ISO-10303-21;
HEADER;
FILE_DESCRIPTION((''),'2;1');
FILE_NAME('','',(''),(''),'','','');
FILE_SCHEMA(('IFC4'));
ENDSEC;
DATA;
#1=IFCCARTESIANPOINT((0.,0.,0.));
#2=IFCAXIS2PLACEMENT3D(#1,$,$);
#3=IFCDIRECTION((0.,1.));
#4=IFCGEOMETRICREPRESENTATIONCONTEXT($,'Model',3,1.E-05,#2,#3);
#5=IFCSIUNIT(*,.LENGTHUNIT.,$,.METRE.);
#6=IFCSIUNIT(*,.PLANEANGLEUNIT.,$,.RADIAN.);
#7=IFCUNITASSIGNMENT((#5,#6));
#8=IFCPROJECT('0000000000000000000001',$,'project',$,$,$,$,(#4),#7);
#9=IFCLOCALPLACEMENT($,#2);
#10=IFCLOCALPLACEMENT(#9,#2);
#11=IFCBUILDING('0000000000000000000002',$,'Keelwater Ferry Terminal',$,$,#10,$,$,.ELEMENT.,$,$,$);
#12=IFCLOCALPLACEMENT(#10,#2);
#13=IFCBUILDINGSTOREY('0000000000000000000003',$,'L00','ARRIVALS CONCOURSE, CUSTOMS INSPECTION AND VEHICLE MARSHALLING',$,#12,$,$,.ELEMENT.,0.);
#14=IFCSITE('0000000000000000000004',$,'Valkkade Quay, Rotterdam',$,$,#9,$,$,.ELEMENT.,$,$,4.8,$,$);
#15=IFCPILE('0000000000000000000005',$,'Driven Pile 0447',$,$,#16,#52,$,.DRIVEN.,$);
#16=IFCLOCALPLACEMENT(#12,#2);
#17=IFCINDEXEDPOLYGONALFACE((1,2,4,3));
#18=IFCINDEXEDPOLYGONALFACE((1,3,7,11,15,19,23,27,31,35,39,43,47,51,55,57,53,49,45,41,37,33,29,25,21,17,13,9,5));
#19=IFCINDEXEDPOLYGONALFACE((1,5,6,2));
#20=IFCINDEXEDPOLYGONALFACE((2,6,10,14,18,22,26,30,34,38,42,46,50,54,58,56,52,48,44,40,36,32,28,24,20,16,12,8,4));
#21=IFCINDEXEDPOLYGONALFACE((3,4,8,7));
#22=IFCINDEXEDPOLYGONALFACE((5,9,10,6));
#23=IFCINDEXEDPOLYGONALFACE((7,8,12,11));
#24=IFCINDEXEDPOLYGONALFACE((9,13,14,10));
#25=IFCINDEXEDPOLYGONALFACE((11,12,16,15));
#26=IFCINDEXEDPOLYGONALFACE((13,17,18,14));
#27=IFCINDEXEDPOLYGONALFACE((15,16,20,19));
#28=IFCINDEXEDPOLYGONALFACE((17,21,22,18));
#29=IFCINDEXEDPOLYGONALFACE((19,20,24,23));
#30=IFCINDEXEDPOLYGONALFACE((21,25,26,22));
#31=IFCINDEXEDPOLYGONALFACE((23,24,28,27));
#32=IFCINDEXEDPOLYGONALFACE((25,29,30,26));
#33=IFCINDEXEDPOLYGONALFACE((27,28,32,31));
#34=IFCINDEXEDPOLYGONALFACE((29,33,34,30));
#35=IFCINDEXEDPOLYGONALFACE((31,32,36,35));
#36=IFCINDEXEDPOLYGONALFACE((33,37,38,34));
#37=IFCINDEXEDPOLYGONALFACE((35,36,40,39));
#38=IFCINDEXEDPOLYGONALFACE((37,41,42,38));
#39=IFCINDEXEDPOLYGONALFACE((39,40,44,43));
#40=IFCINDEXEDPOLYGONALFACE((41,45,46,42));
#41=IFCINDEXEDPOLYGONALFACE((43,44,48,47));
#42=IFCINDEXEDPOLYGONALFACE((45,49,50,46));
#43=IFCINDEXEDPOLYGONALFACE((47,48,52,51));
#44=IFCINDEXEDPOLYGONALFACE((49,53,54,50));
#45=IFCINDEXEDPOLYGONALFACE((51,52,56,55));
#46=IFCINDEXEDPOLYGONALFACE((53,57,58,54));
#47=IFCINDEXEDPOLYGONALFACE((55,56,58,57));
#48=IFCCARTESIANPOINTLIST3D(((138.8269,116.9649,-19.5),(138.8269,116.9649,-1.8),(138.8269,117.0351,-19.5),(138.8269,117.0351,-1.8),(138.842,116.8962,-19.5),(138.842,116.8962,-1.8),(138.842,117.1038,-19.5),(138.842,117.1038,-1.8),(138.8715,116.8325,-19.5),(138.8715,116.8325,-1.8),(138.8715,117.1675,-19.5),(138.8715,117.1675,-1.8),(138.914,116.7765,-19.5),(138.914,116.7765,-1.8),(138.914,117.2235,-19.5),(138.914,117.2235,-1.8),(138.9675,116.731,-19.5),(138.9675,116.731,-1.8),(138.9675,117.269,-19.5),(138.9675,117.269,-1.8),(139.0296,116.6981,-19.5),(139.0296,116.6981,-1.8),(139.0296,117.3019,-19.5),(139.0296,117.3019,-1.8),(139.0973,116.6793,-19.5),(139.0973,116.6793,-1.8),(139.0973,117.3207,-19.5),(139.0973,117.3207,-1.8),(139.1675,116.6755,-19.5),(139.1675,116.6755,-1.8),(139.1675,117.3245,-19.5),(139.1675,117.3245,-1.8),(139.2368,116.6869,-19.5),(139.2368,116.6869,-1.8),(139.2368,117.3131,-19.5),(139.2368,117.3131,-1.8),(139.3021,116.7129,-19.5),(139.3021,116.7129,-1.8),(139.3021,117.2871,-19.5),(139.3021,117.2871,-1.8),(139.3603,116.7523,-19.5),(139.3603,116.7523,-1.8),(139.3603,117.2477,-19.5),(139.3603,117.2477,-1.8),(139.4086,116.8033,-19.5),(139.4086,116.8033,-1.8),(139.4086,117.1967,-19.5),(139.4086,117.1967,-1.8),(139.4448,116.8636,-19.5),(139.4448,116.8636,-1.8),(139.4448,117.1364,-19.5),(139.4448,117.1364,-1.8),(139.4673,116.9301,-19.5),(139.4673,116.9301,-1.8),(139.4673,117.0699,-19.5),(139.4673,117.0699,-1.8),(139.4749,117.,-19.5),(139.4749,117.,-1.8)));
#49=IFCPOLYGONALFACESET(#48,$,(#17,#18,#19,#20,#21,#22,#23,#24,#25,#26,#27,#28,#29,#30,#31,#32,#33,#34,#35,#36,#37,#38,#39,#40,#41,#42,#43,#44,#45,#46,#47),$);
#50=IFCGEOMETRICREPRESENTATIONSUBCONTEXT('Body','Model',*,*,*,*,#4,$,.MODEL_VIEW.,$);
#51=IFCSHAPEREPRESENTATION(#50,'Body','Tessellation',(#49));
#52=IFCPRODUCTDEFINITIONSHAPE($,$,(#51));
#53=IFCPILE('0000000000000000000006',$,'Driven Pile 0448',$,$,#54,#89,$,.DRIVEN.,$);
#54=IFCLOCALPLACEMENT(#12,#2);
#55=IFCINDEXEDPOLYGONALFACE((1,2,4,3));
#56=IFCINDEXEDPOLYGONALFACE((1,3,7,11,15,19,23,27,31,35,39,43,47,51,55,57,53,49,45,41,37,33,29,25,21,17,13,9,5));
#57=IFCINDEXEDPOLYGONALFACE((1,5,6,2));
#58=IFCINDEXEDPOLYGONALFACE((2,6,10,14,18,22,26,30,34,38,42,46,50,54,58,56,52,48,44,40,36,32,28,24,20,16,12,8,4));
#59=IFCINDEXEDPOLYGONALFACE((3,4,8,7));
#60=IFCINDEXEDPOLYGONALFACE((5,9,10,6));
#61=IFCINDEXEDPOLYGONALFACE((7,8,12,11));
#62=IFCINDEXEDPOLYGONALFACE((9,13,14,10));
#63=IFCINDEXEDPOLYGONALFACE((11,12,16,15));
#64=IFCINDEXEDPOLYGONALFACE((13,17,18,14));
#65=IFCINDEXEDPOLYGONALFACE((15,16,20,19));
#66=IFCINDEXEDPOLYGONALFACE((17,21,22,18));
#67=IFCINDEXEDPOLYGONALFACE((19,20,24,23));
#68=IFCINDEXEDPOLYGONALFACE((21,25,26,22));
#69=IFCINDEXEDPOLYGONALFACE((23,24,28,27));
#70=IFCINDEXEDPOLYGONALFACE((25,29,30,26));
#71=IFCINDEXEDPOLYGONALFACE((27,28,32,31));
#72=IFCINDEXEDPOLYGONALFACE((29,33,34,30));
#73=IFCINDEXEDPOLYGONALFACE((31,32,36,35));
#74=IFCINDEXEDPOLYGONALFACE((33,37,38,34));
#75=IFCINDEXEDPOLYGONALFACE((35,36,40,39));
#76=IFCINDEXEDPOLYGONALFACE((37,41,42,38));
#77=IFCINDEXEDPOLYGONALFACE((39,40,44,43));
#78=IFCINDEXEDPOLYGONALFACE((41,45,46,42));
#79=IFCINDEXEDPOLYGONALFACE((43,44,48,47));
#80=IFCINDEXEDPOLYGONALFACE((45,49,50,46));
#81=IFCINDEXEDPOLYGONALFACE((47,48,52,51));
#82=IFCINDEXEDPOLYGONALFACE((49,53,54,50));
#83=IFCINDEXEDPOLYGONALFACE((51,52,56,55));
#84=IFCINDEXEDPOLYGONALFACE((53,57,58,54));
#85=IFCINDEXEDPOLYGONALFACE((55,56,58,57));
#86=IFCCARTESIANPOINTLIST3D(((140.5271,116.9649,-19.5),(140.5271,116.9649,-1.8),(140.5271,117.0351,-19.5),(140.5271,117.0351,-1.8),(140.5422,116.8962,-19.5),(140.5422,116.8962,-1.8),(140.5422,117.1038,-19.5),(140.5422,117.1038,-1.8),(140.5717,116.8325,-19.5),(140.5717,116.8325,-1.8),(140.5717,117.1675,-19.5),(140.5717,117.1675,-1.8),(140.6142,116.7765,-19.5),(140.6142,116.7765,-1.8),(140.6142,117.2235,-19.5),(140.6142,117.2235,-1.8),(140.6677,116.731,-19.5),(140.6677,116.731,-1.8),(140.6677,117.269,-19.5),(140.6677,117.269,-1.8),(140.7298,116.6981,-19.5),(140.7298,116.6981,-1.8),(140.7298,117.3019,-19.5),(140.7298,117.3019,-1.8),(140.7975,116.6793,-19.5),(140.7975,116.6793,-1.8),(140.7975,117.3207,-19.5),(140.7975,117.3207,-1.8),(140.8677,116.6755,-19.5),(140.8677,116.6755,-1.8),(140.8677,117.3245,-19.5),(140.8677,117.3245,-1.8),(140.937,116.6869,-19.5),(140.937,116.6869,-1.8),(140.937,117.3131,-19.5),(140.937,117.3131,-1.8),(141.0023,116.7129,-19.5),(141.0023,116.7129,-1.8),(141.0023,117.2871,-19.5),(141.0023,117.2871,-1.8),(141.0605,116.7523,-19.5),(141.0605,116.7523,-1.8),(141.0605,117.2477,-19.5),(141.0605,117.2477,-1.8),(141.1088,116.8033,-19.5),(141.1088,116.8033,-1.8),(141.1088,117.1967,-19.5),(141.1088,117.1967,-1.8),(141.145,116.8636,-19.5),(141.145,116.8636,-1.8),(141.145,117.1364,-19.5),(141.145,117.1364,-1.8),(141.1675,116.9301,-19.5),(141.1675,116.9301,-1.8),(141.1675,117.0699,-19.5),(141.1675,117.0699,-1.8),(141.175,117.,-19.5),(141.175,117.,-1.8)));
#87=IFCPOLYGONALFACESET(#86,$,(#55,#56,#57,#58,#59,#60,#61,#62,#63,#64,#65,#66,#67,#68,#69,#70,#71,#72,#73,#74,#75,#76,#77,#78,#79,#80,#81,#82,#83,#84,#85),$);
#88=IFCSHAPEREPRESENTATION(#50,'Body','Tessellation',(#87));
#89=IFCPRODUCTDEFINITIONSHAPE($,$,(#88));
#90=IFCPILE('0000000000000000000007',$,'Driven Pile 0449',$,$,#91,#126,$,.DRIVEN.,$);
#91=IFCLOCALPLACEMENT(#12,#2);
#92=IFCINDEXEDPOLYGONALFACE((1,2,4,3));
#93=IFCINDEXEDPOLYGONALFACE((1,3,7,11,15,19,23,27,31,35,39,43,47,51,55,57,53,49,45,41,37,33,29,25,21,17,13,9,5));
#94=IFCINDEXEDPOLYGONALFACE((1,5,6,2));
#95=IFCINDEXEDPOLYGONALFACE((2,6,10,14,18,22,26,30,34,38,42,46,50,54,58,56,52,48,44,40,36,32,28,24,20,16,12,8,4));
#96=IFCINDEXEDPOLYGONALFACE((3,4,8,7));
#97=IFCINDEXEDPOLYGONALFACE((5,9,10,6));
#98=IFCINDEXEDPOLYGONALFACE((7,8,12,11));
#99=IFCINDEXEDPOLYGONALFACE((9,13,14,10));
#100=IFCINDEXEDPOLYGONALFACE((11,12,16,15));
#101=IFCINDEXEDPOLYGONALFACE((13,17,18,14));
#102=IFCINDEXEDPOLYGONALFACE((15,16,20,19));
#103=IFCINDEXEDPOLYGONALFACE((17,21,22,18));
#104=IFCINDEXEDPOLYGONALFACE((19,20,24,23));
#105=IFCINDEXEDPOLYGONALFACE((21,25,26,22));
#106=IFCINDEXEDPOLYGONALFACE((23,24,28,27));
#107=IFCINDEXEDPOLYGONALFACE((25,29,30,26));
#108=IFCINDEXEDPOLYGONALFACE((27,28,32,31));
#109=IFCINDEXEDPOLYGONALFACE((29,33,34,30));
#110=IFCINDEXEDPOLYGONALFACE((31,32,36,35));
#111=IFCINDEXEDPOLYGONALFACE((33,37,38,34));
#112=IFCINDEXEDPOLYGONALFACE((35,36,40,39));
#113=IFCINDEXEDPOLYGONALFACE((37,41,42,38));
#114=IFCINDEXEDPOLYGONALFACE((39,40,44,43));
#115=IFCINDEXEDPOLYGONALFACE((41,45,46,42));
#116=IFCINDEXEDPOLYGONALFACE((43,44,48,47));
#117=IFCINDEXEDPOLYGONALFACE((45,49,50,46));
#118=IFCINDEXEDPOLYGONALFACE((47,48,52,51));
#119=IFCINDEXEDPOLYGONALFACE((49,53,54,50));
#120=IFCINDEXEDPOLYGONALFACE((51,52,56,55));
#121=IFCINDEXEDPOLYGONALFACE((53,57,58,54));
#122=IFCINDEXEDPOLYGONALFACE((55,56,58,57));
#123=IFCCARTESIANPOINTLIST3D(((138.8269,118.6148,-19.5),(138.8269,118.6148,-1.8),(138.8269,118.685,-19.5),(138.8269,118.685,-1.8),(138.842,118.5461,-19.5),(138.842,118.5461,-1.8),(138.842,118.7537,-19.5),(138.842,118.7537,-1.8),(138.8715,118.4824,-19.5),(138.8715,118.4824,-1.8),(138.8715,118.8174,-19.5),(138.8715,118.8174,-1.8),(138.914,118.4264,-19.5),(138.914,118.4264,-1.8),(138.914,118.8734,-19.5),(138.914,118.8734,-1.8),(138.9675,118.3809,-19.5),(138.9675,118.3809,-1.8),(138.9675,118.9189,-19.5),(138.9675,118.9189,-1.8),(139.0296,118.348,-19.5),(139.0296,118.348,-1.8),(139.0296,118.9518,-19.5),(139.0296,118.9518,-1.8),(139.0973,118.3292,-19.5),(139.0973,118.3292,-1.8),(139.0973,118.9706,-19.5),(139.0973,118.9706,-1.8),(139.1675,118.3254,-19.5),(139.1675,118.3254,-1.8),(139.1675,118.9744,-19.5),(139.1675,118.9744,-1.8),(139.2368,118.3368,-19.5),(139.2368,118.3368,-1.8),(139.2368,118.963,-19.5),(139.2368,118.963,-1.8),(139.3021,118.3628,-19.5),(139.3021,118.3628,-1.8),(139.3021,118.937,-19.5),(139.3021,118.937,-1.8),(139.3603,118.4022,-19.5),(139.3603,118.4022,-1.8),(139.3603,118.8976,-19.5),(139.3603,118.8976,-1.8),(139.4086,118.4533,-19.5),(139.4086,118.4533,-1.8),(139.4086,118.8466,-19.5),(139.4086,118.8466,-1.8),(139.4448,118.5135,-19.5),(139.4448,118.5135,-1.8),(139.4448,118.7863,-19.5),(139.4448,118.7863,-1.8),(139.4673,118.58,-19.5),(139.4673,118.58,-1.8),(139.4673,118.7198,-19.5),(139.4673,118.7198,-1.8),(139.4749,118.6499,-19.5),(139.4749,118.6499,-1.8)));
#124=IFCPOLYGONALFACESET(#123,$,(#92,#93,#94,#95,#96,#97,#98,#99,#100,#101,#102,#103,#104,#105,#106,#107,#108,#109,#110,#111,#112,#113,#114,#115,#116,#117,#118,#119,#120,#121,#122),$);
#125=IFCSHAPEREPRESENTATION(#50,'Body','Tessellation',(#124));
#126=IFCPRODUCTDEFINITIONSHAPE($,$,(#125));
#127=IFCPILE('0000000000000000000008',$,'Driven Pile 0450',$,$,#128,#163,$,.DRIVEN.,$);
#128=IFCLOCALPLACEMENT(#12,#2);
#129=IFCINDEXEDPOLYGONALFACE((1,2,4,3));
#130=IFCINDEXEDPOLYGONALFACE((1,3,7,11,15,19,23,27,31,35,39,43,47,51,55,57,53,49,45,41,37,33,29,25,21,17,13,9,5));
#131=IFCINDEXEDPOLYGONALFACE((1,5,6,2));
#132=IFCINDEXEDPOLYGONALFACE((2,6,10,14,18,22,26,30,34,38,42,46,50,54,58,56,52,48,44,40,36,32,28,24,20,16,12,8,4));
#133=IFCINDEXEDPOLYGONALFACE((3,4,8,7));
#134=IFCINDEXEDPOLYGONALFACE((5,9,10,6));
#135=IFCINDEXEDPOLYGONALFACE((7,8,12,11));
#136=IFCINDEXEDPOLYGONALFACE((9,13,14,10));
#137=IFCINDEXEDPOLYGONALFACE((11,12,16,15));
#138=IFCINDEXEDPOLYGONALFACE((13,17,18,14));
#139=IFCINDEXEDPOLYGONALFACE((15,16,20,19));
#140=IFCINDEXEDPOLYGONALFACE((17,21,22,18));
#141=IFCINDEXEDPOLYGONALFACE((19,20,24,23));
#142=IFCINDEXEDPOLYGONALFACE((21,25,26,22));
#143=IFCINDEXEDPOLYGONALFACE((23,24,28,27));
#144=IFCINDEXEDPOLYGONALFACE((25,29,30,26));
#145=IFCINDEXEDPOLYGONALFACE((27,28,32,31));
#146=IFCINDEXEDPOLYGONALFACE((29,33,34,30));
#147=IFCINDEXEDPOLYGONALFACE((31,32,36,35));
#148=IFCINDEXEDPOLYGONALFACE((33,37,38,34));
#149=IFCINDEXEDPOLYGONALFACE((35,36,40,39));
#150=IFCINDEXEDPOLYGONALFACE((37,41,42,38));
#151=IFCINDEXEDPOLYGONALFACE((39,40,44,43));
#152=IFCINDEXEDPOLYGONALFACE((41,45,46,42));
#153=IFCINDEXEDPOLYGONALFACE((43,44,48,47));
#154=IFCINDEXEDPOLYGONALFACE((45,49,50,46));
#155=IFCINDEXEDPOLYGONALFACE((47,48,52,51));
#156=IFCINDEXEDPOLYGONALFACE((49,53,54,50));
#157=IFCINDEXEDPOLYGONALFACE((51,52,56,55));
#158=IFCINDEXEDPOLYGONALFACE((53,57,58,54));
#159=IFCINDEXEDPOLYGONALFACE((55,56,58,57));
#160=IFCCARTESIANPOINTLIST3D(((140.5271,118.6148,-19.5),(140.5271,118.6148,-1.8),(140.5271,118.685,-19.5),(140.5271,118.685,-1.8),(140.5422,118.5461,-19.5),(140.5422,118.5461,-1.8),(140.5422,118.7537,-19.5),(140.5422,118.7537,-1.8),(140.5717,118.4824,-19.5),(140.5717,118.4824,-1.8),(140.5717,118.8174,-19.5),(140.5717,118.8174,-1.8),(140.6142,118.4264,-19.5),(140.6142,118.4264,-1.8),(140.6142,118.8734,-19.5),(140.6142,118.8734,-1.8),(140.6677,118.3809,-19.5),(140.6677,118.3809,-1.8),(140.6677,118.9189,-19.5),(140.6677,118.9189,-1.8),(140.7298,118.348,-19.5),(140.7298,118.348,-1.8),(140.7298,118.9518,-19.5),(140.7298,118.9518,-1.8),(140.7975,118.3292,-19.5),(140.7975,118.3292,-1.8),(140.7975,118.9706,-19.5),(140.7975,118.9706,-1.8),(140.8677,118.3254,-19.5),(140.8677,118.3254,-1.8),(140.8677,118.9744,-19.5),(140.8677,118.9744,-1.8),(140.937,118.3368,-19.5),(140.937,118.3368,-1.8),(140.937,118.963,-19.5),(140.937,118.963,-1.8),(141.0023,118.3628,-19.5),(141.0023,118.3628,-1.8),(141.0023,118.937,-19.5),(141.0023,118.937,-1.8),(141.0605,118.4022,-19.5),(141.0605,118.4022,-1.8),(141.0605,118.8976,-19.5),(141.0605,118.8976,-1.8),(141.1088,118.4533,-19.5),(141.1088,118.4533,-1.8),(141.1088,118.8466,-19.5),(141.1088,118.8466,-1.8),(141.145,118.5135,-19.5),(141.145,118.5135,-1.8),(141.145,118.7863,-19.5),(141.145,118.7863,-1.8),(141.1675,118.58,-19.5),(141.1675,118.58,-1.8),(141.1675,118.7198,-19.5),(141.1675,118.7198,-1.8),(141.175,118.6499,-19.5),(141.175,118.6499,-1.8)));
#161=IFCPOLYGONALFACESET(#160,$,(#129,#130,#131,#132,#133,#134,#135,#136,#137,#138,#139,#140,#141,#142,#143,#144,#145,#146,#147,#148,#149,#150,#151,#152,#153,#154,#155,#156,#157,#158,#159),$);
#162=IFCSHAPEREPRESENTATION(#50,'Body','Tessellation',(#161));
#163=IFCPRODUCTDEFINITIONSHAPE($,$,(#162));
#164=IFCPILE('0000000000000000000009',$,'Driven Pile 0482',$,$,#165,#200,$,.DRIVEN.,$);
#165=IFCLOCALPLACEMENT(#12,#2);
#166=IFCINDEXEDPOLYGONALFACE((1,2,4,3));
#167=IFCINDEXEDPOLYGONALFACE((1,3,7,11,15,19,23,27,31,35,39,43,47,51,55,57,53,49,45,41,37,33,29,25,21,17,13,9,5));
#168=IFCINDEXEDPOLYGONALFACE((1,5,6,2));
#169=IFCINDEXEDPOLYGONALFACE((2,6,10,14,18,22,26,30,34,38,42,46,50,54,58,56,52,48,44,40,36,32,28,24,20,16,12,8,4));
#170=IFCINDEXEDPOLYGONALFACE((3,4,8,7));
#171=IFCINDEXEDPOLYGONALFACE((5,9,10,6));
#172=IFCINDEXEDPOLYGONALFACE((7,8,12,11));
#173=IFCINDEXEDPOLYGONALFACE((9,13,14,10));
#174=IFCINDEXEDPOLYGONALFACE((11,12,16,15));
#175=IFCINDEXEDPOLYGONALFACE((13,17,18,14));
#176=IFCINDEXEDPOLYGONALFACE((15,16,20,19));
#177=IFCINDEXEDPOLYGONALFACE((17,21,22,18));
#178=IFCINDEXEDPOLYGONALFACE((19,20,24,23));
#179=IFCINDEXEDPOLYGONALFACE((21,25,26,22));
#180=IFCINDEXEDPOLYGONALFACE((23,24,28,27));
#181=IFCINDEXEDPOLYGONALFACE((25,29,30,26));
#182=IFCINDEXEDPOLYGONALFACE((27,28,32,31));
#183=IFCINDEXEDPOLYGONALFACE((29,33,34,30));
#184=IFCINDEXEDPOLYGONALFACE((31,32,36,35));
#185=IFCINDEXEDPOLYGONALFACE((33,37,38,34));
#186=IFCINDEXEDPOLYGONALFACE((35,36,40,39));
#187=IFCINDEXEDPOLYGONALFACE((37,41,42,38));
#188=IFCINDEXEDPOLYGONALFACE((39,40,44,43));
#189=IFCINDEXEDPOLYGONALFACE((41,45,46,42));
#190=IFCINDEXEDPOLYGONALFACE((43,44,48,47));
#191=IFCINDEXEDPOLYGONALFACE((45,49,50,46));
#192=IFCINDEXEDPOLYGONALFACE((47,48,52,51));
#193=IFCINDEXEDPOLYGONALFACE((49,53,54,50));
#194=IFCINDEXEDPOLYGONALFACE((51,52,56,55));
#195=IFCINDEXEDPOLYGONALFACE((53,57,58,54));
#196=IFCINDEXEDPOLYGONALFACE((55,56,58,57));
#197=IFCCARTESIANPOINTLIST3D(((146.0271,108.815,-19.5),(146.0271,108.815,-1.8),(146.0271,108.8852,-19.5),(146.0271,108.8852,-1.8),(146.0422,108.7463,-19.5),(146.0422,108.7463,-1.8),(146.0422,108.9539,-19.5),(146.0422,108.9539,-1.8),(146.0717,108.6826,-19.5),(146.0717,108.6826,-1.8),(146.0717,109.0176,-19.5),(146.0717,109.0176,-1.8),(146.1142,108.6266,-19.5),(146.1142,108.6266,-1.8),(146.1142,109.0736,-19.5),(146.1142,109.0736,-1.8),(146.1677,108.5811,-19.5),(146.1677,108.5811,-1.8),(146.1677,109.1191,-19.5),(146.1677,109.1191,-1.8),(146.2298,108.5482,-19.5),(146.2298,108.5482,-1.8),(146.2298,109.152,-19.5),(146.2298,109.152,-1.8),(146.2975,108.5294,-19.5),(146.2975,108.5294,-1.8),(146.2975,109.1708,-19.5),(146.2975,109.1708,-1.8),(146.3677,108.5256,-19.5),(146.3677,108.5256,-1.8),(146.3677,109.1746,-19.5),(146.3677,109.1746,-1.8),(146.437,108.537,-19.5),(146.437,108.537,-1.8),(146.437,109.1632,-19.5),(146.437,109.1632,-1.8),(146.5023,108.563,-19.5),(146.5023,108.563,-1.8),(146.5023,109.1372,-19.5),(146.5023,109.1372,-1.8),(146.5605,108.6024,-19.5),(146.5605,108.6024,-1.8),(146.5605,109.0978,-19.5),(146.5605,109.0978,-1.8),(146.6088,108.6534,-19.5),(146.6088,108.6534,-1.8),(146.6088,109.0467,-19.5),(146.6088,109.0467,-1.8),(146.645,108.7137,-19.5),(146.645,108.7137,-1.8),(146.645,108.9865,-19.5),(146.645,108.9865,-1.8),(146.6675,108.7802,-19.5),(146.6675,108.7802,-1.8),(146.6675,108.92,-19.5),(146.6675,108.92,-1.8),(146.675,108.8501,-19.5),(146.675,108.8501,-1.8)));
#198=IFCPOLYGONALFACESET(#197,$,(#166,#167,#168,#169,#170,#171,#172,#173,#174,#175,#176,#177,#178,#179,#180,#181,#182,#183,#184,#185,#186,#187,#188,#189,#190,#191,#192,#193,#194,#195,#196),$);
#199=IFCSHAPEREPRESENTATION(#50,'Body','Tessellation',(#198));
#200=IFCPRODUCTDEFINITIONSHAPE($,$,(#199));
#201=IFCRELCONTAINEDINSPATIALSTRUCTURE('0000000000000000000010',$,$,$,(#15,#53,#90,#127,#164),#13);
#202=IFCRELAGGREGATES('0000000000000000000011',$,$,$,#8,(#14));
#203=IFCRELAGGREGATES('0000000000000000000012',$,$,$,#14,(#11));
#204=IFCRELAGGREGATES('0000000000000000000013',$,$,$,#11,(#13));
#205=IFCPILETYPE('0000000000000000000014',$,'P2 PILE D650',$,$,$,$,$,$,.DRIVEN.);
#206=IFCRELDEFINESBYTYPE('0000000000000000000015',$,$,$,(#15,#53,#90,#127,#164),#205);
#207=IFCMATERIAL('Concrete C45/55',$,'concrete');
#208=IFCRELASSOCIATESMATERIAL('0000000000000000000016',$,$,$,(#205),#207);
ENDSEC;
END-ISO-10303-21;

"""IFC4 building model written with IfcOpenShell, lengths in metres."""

from ifc_helpers import new_model, si_unit, direction, frame, origin, origin_2d, place, context, subcontext, project, spatial, circle, extrude, material, material_profile, profile_set, type_object, element, save


model = new_model("IFC4")

# Units and contexts
model_context = context("Model", 3, precision=1e-05, world=origin(), true_north=direction((0.0, 1.0)))
body_context = subcontext(model_context, "Body", "Model", "MODEL_VIEW")
ifc_project = project(units=[si_unit("LENGTHUNIT", "METRE"), si_unit("PLANEANGLEUNIT", "RADIAN")], contexts=[model_context])

# Site, building, storey
site_placement = place(None, origin())
site = spatial("IfcSite", under=ifc_project, at=site_placement, Name="Valkkade Quay, Rotterdam", CompositionType="ELEMENT", RefElevation=4.8)
building_placement = place(site_placement, origin())
building = spatial("IfcBuilding", under=site, at=building_placement, Name="Keelwater Ferry Terminal", CompositionType="ELEMENT")
storey_placement = place(building_placement, origin())
storey = spatial("IfcBuildingStorey", under=building, at=storey_placement, Name="L00", Description="ARRIVALS CONCOURSE, CUSTOMS INSPECTION AND VEHICLE MARSHALLING", CompositionType="ELEMENT", Elevation=0.0)

# Piles
ifc_material_1 = material(Name="Concrete C45/55", Category="concrete")
ifc_material_profile_1 = material_profile(ifc_material_1, circle(Radius=0.325, at=origin_2d()), Name="PILE D650")
ifc_profile_set_1 = profile_set([ifc_material_profile_1], Name="Concrete C45/55")
pile_type = type_object("IfcPileType", Name="P2 PILE D650", PredefinedType="DRIVEN", material=ifc_profile_set_1)
for number, where, z_axis, x_axis, name in (
    (1, (139.1499, 117.0, -1.8), (0.0, 0.0, -1.0), (1.0, 0.0, 0.0), "Driven Pile 0447"),
    (2, (140.8501, 117.0, -1.8), (0.0, 0.0, -1.0), (1.0, 0.0, 0.0), "Driven Pile 0448"),
    (3, (139.1499, 118.6499, -1.8), (0.0, 0.0, -1.0), (1.0, 0.0, 0.0), "Driven Pile 0449"),
    (4, (140.8501, 118.6499, -1.8), (0.0, 0.0, -1.0), (1.0, 0.0, 0.0), "Driven Pile 0450"),
    (5, (146.3501, 108.8501, -1.8), (0.0, 0.0, -1.0), (1.0, 0.0, 0.0), "Driven Pile 0482"),
):
    element("IfcPile", number, at=place(storey_placement, frame(where, z_axis=z_axis, x_axis=x_axis)), inside=storey, type_object=pile_type, Name=name, PredefinedType="DRIVEN", context=body_context, shape_type="SweptSolid", body=[
        extrude(circle(Radius=0.325, at=origin_2d()), origin(), (0.0, 0.0, 1.0), 17.7),
    ])

save(model, "model.ifc")
